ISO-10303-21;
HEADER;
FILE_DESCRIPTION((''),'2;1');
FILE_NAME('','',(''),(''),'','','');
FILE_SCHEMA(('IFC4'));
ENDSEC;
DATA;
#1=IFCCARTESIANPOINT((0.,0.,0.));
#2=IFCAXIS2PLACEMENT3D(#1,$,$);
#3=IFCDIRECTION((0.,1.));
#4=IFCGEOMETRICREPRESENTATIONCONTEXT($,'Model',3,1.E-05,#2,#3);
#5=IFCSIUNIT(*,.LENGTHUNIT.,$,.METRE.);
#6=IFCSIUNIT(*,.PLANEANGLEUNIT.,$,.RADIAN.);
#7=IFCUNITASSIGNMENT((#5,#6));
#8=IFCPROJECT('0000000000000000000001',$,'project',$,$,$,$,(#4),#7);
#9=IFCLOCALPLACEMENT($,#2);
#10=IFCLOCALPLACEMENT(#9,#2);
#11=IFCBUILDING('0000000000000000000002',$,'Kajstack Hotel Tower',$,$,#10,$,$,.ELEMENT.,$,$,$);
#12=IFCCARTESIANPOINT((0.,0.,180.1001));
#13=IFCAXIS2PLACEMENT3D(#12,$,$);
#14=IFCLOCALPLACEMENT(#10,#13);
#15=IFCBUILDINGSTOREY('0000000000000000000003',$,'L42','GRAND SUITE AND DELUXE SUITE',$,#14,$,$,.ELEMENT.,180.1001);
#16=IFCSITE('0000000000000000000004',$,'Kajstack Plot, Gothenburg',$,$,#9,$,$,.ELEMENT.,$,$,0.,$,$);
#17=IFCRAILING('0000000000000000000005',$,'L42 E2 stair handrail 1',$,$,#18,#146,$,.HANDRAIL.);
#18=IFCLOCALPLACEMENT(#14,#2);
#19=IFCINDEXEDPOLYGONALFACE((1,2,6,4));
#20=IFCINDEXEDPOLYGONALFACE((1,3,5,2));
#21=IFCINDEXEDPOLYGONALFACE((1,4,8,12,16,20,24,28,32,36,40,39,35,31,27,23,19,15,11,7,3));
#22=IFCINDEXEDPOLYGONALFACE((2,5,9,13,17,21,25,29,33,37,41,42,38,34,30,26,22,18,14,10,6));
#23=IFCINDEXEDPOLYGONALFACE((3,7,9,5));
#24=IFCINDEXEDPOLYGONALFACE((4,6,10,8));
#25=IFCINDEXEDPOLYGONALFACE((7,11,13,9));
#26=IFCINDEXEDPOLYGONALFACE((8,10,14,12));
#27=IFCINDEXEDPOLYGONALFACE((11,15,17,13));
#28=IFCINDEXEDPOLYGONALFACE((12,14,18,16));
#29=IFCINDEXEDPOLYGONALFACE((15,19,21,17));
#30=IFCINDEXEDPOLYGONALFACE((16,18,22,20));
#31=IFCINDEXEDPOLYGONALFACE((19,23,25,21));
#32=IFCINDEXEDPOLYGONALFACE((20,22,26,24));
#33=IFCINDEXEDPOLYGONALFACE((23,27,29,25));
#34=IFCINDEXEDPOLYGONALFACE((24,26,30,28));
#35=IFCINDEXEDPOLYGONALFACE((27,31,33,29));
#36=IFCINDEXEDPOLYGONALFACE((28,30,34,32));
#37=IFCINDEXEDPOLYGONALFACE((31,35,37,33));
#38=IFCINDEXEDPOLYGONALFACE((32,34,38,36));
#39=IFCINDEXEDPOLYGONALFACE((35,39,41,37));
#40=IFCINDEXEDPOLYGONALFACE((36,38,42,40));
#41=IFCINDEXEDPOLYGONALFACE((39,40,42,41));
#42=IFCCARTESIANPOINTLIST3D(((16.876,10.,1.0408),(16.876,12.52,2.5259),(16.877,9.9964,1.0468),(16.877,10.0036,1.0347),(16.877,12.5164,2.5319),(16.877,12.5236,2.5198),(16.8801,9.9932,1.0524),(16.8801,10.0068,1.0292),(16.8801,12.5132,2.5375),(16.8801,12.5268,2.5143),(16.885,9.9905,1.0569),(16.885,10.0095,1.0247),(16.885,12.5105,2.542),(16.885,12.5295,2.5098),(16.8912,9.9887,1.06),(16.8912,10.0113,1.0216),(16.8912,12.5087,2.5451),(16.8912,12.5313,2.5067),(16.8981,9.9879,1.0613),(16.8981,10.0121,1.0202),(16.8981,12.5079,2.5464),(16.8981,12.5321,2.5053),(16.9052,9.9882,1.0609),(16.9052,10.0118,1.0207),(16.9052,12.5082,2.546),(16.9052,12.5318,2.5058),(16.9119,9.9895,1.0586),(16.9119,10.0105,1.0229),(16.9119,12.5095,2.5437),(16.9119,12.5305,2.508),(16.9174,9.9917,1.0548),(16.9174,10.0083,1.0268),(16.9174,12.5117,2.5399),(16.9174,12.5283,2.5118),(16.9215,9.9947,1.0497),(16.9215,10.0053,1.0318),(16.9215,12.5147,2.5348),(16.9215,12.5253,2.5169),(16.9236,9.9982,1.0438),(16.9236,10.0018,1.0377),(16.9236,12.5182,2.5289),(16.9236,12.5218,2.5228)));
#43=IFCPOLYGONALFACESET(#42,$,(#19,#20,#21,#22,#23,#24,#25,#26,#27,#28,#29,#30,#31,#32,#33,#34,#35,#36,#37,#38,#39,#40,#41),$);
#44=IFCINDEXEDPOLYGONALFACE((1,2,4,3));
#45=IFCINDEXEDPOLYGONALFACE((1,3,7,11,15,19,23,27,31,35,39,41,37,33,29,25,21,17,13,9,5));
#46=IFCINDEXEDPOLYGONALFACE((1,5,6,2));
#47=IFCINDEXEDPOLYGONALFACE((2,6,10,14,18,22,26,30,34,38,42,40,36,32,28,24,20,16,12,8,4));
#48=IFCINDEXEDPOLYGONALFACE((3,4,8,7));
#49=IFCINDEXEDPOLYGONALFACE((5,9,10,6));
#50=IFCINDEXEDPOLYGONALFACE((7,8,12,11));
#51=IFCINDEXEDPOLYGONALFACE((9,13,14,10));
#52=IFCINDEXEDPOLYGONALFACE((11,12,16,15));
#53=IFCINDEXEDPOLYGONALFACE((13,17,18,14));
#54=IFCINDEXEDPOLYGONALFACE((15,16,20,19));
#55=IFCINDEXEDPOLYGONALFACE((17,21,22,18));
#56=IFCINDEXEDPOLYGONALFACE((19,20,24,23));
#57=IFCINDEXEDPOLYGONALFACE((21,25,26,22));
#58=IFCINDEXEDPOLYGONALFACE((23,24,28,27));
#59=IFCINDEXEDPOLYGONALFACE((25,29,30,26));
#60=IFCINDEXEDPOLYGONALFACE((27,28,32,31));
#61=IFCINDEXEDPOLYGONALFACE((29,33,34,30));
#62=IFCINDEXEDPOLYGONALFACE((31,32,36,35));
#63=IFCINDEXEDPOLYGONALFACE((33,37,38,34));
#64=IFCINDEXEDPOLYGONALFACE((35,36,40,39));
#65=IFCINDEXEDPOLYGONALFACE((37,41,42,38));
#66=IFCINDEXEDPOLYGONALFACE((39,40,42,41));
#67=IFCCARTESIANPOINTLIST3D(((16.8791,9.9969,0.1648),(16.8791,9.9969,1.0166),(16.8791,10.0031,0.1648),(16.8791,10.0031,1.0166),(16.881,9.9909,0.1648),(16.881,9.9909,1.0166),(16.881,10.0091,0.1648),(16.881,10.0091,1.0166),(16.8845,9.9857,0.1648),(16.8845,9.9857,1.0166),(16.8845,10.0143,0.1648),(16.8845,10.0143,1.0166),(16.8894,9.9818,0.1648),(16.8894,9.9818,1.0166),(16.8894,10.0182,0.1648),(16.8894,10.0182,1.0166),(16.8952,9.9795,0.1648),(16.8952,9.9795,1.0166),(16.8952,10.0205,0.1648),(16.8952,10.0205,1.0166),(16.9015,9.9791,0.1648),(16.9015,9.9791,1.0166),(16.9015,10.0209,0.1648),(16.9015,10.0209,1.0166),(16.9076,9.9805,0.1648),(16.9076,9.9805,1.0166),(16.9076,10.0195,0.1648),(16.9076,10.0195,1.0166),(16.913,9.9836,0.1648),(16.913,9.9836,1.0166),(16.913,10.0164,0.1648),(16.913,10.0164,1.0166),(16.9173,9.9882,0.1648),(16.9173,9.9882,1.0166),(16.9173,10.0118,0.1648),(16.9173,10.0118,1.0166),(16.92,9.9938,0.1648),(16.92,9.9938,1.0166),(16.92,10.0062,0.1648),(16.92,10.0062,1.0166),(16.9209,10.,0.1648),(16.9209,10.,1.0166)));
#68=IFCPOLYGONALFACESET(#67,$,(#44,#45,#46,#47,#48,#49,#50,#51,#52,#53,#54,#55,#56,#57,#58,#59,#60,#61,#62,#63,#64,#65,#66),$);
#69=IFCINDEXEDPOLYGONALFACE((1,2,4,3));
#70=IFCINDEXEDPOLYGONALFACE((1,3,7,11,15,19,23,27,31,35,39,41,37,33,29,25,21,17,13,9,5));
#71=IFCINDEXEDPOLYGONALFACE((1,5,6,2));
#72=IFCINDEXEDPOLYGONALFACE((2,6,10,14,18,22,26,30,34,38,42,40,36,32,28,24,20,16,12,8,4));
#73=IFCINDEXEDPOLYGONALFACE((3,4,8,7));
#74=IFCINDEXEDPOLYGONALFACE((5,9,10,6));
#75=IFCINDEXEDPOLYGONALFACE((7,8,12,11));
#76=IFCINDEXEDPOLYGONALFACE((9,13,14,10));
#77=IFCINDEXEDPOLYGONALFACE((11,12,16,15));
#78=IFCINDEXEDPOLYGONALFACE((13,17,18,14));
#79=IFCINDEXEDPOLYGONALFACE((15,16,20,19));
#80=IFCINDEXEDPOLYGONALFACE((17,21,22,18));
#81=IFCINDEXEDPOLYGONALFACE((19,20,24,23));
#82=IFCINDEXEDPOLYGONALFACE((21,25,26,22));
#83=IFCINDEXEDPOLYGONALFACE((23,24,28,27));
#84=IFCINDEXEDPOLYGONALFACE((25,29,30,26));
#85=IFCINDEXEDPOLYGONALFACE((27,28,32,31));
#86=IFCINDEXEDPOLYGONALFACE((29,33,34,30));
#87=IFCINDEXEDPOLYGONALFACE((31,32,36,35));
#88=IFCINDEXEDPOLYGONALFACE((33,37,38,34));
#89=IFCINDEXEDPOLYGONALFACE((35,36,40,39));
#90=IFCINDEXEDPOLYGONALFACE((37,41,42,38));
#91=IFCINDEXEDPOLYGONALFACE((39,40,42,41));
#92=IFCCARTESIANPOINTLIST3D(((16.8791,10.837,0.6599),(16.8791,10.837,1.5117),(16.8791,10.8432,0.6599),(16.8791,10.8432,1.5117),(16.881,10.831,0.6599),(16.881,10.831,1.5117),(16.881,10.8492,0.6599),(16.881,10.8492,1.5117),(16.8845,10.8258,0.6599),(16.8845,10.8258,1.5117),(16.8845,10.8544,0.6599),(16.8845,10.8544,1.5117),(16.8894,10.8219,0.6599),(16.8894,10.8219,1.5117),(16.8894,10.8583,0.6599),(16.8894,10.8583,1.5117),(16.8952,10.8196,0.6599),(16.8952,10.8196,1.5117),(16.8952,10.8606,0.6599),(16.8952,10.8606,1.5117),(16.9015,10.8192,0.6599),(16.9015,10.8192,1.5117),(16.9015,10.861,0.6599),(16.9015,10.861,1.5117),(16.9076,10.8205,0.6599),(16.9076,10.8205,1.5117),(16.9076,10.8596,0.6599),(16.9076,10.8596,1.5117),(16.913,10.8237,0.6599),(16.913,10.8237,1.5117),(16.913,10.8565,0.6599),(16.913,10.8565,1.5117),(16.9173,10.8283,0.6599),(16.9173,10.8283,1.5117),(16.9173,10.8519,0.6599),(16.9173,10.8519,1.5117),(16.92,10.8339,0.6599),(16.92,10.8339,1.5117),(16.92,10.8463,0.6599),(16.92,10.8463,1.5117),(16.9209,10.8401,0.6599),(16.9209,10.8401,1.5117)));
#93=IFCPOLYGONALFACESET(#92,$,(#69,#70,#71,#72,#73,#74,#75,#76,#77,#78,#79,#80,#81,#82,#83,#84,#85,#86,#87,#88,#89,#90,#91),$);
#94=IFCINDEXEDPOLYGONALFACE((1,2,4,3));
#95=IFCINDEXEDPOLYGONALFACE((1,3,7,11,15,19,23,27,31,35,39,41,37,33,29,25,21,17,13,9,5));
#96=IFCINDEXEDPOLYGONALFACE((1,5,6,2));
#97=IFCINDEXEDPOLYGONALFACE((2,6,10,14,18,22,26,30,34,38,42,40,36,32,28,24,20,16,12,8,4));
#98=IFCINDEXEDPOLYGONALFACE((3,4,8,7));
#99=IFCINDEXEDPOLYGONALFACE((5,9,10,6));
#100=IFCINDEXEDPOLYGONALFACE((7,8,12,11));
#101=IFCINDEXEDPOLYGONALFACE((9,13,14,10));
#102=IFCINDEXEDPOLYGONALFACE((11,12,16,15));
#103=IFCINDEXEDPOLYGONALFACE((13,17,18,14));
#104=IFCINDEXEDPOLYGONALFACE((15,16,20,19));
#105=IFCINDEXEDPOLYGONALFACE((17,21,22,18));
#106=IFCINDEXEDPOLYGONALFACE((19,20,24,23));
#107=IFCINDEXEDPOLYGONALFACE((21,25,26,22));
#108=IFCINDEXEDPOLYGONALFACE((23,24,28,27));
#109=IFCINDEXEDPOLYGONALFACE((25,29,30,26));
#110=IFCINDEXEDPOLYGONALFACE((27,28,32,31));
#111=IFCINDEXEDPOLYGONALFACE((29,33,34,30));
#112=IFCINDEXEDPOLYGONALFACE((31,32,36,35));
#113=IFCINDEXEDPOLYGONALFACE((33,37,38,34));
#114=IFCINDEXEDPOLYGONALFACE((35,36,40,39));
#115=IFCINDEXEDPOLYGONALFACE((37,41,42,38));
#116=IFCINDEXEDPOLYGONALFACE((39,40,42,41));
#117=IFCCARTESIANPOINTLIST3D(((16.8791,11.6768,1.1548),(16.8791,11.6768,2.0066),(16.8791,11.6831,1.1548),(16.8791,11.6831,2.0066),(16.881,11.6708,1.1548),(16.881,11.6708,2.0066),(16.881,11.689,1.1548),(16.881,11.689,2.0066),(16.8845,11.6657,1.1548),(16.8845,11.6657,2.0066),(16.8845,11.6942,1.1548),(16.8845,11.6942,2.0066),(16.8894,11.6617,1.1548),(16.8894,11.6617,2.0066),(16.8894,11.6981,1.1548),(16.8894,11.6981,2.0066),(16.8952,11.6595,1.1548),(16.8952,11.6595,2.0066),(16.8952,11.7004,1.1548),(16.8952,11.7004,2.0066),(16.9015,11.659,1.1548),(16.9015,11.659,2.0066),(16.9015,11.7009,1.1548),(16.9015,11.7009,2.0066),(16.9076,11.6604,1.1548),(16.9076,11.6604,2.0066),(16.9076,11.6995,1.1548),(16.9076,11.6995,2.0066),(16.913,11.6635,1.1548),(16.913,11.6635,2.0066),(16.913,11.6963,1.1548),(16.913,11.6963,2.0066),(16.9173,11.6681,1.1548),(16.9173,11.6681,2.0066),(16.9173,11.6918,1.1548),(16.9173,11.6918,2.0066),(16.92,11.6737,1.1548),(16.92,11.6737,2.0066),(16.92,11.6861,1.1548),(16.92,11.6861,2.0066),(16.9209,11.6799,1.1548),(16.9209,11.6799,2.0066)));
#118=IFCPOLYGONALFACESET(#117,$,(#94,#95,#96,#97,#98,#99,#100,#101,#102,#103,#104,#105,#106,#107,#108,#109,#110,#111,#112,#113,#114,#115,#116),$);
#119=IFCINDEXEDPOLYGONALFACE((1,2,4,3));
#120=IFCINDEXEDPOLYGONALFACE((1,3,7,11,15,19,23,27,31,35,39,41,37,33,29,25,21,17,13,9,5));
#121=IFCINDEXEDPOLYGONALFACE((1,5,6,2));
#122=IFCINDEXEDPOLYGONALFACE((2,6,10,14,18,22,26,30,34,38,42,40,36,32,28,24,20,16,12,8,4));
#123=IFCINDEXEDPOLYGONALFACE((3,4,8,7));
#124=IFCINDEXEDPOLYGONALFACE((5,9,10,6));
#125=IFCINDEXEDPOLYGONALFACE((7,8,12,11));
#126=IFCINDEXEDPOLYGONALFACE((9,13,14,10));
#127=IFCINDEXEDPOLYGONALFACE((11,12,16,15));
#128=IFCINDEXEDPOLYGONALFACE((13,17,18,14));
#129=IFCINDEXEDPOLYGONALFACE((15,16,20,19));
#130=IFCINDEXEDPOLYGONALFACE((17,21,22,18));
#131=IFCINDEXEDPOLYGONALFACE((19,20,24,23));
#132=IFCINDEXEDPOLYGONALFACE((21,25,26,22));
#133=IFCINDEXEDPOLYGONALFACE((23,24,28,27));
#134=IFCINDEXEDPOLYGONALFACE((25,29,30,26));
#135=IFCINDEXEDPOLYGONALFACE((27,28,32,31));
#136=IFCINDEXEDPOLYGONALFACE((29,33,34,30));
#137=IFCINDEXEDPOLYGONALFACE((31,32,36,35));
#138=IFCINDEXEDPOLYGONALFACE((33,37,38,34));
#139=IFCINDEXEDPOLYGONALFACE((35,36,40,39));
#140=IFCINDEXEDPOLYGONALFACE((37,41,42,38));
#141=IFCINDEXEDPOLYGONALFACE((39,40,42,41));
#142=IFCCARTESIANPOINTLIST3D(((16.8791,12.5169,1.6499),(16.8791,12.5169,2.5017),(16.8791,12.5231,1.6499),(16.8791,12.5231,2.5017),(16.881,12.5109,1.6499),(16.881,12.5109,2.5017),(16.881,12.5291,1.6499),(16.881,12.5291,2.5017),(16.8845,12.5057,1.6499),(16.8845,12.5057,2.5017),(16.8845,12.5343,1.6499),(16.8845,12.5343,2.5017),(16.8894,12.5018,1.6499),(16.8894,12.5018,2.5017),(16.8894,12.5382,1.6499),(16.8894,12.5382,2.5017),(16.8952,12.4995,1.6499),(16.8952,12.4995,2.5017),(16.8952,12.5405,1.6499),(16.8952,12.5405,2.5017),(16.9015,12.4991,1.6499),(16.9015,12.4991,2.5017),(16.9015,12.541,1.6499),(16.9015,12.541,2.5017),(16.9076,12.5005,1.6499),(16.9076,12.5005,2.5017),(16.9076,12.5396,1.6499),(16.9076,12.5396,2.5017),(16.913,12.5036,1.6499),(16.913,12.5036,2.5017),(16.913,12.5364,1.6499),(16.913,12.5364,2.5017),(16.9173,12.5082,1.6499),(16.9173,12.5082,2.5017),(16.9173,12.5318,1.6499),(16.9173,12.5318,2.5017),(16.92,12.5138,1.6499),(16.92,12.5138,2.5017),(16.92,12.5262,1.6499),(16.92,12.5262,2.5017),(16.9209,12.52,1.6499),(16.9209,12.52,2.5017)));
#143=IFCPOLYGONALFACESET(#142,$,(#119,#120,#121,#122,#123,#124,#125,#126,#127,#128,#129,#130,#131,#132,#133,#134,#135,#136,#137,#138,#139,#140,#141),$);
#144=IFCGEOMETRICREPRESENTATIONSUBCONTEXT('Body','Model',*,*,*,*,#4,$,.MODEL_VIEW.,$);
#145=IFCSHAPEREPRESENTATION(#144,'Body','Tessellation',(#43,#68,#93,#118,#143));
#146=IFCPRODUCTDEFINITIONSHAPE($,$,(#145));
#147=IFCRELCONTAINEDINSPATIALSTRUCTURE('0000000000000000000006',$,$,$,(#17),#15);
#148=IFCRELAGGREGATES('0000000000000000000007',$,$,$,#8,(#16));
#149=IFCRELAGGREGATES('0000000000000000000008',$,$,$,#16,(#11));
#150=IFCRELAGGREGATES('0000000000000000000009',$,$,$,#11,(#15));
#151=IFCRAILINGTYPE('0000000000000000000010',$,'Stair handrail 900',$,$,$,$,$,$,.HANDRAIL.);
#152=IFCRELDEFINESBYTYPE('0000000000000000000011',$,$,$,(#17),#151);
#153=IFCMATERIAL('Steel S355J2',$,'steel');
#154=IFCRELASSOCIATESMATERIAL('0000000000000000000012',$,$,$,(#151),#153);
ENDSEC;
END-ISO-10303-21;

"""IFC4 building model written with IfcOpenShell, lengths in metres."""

from ifc_helpers import new_model, si_unit, direction, frame, origin, origin_2d, place, context, subcontext, project, spatial, circle, extrude, material, type_object, element, save


model = new_model("IFC4")

# Units and contexts
model_context = context("Model", 3, precision=1e-05, world=origin(), true_north=direction((0.0, 1.0)))
body_context = subcontext(model_context, "Body", "Model", "MODEL_VIEW")
ifc_project = project(units=[si_unit("LENGTHUNIT", "METRE"), si_unit("PLANEANGLEUNIT", "RADIAN")], contexts=[model_context])

# Site, building, storey
site_placement = place(None, origin())
site = spatial("IfcSite", under=ifc_project, at=site_placement, Name="Kajstack Plot, Gothenburg", CompositionType="ELEMENT", RefElevation=0.0)
building_placement = place(site_placement, origin())
building = spatial("IfcBuilding", under=site, at=building_placement, Name="Kajstack Hotel Tower", CompositionType="ELEMENT")
storey_placement = place(building_placement, frame((0.0, 0.0, 180.1001)))
storey = spatial("IfcBuildingStorey", under=building, at=storey_placement, Name="L42", Description="GRAND SUITE AND DELUXE SUITE", CompositionType="ELEMENT", Elevation=180.1001)

# Railing
ifc_material_1 = material(Name="Steel S355J2", Category="steel")
railing_type_1 = type_object("IfcRailingType", Name="Stair handrail 900", PredefinedType="HANDRAIL", material=ifc_material_1)
railing_1_placement = place(storey_placement, frame((16.8999, 10.0, 0.1648)))
element("IfcRailing", 1, at=railing_1_placement, inside=storey, type_object=railing_type_1, Name="L42 E2 stair handrail 1", PredefinedType="HANDRAIL", context=body_context, shape_type="SweptSolid", body=[
    extrude(circle(Radius=0.0239, at=origin_2d()), frame((0.0, 0.0, 0.876), z_axis=(0.0, 0.861524, 0.507717), x_axis=(-1.0, 0.0, 0.0)), (0.0, 0.0, 1.0), 2.925),
    extrude(circle(Radius=0.021, at=origin_2d()), origin(), (0.0, 0.0, 1.0), 0.8518),
    extrude(circle(Radius=0.021, at=origin_2d()), frame((0.0, 0.8401, 0.4951)), (0.0, 0.0, 1.0), 0.8518),
    extrude(circle(Radius=0.021, at=origin_2d()), frame((0.0, 1.6799, 0.99)), (0.0, 0.0, 1.0), 0.8518),
    extrude(circle(Radius=0.021, at=origin_2d()), frame((0.0, 2.52, 1.4851)), (0.0, 0.0, 1.0), 0.8518),
])

save(model, "model.ifc")
